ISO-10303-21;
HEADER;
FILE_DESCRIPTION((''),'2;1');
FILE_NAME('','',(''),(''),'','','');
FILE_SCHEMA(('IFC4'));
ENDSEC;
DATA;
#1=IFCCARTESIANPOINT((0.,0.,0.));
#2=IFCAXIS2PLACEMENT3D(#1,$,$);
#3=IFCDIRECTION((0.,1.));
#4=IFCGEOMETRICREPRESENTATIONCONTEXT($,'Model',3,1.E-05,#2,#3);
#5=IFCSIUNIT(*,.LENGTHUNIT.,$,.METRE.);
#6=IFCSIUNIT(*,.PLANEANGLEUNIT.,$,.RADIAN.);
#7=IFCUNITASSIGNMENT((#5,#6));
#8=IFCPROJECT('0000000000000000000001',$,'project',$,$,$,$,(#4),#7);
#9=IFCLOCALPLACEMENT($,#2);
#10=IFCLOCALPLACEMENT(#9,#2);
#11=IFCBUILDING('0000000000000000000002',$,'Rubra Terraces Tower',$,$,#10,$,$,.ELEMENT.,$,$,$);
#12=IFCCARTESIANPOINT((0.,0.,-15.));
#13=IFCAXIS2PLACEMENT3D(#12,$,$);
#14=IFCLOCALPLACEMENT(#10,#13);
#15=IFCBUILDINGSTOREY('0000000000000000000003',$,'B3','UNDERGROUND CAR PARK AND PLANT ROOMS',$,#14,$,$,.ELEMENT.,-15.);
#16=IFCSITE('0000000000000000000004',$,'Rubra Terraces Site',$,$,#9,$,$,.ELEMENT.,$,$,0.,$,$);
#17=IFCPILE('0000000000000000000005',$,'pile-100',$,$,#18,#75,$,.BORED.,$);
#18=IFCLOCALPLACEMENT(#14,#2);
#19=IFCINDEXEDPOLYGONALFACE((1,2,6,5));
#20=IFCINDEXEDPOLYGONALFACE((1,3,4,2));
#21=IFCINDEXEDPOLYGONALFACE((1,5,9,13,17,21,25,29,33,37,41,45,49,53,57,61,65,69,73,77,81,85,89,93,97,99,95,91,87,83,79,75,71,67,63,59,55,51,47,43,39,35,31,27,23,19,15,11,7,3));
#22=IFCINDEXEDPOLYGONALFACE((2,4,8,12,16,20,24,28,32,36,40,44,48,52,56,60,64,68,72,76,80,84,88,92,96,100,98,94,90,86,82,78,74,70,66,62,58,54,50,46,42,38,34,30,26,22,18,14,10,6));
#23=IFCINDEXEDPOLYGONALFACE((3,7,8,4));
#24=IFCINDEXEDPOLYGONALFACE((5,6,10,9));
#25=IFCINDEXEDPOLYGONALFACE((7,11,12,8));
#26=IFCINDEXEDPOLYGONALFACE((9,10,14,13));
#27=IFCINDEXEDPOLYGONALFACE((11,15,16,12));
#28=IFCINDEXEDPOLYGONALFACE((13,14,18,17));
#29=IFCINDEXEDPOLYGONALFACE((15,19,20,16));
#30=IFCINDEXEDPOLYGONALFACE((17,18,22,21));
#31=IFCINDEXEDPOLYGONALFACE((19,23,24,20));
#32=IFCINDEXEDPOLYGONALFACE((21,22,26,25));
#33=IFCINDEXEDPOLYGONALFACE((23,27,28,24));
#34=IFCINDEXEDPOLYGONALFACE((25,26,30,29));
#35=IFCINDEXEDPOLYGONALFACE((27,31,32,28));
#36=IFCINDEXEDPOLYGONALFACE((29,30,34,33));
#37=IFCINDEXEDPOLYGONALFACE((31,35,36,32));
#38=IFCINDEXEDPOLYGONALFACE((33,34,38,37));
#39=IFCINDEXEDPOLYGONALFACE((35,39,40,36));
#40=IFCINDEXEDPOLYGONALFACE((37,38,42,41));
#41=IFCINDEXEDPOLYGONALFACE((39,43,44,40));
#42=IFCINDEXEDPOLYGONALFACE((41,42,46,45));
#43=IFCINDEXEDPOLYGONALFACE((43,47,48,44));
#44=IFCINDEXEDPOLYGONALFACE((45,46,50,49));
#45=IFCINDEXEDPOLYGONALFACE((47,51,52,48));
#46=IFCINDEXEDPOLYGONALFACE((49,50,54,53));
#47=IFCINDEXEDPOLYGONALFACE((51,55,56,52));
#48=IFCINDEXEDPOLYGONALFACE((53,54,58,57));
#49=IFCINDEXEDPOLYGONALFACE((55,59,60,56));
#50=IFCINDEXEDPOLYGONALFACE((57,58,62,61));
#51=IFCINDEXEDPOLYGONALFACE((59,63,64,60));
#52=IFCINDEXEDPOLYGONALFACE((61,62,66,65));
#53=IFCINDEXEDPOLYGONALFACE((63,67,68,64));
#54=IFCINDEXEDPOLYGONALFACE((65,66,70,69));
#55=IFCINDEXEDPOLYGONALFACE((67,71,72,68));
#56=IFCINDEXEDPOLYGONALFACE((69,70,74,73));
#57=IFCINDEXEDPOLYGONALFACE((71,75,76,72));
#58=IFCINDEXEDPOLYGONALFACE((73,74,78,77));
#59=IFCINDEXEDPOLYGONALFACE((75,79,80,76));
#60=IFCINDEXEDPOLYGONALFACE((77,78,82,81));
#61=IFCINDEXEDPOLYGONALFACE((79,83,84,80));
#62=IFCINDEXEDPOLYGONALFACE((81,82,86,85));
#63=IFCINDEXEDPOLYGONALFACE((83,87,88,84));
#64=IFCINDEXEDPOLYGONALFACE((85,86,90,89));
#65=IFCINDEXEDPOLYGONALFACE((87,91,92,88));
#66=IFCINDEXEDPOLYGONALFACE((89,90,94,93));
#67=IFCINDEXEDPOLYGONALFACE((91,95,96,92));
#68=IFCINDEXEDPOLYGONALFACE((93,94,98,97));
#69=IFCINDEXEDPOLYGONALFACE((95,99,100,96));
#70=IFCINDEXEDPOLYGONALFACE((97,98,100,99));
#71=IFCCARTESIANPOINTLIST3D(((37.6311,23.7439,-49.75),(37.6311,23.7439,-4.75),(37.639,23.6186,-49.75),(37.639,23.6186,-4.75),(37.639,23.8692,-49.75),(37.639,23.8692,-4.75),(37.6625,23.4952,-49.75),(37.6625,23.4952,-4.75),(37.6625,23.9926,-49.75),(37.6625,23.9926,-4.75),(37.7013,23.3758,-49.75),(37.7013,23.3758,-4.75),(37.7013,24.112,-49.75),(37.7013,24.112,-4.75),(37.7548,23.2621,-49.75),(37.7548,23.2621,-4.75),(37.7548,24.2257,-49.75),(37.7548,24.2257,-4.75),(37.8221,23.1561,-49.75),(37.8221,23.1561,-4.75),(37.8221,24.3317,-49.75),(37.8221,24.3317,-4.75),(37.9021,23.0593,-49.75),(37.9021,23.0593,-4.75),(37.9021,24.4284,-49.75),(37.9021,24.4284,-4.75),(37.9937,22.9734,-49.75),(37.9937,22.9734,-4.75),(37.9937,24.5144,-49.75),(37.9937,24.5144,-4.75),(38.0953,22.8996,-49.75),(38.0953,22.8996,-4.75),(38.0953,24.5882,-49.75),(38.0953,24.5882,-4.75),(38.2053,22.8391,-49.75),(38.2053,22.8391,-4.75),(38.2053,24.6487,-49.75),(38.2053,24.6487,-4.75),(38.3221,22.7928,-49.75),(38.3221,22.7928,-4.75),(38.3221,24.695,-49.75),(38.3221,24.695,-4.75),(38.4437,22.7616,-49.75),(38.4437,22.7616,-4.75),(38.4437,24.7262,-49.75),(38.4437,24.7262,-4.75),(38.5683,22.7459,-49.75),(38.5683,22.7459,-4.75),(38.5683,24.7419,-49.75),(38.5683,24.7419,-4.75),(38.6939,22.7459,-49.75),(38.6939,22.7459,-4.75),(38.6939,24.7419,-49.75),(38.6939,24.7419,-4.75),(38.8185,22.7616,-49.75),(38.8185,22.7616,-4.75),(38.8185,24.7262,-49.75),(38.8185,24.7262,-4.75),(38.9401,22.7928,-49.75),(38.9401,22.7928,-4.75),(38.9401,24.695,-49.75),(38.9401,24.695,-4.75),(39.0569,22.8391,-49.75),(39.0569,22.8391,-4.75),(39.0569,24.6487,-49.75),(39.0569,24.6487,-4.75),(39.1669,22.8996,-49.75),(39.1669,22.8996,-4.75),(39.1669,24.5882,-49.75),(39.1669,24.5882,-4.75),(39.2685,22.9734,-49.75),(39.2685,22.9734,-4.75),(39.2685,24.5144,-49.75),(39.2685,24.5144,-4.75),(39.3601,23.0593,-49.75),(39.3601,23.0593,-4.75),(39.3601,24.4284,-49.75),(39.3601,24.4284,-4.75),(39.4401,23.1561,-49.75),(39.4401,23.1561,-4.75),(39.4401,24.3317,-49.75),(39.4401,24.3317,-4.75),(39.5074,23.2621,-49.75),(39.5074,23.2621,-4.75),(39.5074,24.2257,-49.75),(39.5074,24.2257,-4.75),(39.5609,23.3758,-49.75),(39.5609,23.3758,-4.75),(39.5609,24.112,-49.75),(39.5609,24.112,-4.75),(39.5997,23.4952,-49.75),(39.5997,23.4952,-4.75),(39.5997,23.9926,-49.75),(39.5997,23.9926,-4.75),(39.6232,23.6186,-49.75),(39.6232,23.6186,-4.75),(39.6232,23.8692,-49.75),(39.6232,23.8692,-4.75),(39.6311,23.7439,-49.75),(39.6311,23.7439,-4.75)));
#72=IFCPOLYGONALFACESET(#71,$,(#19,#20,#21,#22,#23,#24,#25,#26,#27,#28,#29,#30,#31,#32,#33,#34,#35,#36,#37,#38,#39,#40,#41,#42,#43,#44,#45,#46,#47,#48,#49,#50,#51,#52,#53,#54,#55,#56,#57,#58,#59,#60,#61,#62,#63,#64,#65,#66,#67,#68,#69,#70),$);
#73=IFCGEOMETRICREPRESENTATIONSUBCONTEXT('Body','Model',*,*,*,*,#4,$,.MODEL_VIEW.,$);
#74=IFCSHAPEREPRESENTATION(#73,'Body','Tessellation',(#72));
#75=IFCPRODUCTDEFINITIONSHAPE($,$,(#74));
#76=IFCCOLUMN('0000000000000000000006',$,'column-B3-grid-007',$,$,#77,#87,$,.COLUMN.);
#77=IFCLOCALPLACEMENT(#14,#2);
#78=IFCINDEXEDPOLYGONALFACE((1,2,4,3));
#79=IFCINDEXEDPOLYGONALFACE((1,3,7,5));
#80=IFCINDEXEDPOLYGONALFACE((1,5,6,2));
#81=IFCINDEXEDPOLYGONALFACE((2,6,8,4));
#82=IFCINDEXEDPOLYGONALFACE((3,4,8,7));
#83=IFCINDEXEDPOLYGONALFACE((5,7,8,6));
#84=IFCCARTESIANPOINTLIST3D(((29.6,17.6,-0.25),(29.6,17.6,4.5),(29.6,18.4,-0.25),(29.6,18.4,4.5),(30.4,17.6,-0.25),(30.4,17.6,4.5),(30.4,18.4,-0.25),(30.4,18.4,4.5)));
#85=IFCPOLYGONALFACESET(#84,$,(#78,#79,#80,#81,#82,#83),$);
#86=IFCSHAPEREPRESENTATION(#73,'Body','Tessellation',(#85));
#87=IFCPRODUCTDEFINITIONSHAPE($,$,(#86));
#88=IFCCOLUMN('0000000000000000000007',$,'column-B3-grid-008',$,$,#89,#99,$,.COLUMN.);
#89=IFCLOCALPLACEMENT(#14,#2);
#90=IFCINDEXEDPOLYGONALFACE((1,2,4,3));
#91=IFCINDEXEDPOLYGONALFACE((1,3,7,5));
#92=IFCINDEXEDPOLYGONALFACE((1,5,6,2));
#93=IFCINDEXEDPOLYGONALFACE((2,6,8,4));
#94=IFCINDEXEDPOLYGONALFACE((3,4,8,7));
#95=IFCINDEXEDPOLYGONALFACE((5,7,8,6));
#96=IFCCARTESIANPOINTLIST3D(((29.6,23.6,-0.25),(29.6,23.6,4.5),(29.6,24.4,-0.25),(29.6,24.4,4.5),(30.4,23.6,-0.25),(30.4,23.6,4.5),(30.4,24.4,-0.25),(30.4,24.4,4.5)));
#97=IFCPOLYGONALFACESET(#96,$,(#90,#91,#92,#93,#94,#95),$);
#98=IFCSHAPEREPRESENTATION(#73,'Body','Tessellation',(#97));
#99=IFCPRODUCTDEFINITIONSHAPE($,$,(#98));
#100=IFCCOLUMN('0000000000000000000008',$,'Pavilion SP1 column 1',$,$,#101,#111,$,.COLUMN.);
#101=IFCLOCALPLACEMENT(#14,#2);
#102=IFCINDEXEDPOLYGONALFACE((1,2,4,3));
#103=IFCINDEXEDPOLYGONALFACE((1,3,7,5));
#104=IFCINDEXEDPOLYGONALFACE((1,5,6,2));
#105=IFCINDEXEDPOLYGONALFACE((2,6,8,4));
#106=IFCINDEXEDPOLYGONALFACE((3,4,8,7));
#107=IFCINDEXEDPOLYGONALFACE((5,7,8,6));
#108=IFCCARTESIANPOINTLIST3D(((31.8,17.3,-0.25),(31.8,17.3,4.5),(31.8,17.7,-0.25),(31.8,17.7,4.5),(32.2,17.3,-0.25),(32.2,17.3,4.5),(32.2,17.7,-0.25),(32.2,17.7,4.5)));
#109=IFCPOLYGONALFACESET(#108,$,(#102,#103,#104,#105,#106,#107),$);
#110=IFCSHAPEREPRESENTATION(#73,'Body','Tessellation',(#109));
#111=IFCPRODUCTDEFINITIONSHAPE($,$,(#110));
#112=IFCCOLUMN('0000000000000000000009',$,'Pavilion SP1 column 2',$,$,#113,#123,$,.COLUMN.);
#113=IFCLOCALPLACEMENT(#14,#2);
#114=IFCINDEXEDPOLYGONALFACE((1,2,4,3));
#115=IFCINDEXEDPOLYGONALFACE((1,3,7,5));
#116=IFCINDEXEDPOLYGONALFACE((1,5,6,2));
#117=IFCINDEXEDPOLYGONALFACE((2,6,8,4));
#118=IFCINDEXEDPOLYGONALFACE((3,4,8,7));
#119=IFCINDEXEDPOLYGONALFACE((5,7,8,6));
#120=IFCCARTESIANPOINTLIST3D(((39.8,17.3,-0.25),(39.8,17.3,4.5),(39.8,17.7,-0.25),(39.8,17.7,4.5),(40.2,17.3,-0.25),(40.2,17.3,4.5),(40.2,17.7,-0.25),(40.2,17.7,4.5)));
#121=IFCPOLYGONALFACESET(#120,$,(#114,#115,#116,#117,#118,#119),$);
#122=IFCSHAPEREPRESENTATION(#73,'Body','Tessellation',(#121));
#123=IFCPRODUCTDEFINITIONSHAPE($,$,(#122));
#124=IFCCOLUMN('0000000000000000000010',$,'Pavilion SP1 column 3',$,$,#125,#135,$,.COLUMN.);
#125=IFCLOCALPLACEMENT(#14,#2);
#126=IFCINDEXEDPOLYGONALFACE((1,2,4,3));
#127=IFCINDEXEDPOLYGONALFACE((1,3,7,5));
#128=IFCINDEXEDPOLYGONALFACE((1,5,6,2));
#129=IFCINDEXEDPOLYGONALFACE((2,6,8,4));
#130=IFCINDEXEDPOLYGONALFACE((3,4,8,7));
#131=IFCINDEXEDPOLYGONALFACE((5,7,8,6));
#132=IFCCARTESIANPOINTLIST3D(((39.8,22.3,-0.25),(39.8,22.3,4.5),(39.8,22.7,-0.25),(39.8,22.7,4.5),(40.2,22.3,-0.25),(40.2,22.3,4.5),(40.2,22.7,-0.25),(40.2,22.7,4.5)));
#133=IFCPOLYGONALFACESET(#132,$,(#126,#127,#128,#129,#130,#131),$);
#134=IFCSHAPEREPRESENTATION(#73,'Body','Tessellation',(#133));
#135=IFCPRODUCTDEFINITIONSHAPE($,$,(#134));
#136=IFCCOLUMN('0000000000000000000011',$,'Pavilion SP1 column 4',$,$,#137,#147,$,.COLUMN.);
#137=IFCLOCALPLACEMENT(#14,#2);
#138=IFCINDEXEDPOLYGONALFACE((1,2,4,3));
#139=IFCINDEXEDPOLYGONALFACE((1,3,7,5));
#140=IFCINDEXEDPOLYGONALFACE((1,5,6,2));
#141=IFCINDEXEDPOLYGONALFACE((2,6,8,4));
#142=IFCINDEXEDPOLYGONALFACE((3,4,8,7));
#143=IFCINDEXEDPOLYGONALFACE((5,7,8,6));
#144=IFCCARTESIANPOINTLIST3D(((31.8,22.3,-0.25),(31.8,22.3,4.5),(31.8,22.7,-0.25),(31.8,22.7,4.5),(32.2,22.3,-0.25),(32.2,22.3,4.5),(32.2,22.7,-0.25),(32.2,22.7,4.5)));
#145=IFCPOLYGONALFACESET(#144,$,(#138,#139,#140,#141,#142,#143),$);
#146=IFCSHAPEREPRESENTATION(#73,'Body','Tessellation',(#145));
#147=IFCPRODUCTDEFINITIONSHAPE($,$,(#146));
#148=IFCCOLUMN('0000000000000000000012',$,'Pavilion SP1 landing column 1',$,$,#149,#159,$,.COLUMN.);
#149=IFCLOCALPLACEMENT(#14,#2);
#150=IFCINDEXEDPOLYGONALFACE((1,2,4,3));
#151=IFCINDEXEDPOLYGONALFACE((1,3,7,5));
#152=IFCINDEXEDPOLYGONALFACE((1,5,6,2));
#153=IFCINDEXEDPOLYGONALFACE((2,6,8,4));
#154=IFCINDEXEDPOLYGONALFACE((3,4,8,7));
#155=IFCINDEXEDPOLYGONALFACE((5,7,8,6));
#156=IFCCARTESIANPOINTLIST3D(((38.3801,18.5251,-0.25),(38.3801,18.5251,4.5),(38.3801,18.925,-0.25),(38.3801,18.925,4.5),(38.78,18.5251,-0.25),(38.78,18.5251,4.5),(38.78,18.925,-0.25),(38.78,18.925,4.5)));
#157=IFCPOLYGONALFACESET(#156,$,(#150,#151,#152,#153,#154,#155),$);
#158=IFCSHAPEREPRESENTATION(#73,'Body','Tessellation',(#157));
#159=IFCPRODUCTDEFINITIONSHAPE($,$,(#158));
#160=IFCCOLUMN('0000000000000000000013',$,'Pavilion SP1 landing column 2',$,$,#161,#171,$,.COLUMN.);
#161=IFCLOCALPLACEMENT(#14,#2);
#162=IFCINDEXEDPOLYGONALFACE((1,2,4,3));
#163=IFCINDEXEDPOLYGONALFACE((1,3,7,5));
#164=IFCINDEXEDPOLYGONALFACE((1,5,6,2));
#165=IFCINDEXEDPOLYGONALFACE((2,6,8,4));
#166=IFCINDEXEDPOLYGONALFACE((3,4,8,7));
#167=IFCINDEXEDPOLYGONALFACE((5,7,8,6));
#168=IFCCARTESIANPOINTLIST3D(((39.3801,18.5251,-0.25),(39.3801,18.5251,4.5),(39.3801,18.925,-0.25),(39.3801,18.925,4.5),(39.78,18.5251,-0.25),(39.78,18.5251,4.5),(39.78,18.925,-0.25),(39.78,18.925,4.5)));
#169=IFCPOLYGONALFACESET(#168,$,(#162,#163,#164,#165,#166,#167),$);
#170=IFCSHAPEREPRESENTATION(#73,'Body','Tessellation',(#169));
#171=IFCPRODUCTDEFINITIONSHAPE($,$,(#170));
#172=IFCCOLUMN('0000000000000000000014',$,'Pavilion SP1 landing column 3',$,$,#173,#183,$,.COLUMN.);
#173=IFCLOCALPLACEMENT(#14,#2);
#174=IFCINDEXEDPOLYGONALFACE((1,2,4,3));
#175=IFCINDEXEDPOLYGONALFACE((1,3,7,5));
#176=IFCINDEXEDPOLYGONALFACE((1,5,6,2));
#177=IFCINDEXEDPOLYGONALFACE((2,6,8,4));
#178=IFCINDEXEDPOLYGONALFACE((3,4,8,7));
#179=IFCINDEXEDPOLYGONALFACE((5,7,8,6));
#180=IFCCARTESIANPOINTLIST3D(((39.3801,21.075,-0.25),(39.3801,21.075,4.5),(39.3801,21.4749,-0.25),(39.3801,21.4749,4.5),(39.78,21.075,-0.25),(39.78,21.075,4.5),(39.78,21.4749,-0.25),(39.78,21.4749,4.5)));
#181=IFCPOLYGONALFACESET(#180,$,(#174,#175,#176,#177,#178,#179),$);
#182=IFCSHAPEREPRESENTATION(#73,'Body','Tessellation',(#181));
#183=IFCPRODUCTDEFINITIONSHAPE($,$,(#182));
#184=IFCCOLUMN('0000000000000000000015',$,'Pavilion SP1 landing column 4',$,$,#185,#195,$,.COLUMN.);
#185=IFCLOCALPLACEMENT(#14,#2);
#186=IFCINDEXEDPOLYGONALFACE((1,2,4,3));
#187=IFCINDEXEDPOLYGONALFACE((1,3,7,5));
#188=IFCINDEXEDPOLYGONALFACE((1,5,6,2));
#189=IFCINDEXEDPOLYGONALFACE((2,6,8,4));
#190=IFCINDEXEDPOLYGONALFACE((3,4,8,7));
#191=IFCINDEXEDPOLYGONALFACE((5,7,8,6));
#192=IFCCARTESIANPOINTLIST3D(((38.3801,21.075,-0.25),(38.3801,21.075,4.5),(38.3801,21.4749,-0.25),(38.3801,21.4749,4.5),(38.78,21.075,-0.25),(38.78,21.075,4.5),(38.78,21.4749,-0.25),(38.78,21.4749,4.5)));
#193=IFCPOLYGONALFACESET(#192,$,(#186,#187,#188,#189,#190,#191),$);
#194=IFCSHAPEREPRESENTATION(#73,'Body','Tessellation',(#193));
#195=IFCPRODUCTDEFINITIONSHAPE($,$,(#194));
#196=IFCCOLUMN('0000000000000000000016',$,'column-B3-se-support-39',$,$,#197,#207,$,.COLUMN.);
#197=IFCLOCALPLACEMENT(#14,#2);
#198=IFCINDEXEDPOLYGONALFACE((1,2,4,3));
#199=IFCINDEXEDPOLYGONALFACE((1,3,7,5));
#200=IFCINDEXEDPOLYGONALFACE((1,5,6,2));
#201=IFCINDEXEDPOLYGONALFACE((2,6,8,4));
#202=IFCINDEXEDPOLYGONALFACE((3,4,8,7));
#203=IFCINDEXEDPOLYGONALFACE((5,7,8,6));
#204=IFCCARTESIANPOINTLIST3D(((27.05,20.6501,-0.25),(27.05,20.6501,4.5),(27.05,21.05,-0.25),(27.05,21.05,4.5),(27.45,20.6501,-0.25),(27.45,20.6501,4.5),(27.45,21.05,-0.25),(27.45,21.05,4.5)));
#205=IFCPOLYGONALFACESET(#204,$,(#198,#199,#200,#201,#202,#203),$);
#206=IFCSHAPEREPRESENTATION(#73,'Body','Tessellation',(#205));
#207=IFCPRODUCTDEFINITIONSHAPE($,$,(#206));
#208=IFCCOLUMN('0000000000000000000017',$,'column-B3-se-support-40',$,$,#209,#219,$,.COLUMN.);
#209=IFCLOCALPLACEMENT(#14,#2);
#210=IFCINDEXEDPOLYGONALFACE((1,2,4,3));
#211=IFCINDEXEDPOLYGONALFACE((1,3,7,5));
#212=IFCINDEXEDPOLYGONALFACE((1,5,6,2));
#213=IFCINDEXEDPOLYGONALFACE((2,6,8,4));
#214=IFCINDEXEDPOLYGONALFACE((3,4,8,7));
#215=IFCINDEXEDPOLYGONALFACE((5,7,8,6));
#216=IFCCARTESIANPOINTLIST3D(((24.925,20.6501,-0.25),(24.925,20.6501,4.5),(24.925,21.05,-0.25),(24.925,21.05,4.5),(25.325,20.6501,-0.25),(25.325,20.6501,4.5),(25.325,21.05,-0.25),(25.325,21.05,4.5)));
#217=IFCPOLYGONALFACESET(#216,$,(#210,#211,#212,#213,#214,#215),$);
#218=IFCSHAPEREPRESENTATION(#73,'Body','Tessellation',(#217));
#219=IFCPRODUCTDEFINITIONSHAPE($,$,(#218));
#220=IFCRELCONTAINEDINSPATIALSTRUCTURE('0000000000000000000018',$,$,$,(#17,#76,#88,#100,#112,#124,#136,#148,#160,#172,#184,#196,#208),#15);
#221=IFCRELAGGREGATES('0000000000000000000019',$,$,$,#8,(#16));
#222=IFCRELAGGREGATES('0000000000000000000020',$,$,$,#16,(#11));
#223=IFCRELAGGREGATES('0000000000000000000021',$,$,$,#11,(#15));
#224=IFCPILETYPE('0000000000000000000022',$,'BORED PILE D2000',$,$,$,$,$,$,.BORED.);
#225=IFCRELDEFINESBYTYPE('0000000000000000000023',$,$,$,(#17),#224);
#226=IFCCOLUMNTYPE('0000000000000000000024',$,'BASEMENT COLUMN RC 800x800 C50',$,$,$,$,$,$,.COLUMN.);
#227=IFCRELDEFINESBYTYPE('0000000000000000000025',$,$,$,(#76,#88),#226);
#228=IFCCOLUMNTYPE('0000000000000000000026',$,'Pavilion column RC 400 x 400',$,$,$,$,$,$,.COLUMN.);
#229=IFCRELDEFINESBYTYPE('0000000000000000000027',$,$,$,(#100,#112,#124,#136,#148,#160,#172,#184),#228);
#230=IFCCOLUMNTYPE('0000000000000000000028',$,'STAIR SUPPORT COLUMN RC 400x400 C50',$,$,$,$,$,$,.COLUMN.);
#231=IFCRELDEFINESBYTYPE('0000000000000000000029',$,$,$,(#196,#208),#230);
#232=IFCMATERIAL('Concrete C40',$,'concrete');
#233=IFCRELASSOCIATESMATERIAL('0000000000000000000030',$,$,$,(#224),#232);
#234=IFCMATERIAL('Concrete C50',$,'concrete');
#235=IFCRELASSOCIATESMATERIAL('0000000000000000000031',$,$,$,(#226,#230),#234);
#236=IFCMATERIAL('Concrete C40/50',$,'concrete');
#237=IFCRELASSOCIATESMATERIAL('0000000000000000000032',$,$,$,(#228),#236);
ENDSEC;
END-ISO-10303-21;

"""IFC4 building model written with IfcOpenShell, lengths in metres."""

from ifc_helpers import new_model, si_unit, direction, frame, origin, origin_2d, place, context, subcontext, project, spatial, rectangle, circle, extrude, material, material_profile, profile_set, type_object, element, save


model = new_model("IFC4")

# Units and contexts
model_context = context("Model", 3, precision=1e-05, world=origin(), true_north=direction((0.0, 1.0)))
body_context = subcontext(model_context, "Body", "Model", "MODEL_VIEW")
ifc_project = project(units=[si_unit("LENGTHUNIT", "METRE"), si_unit("PLANEANGLEUNIT", "RADIAN")], contexts=[model_context])

# Site, building, storey
site_placement = place(None, origin())
site = spatial("IfcSite", under=ifc_project, at=site_placement, Name="Rubra Terraces Site", CompositionType="ELEMENT", RefElevation=0.0)
building_placement = place(site_placement, origin())
building = spatial("IfcBuilding", under=site, at=building_placement, Name="Rubra Terraces Tower", CompositionType="ELEMENT")
storey_placement = place(building_placement, frame((0.0, 0.0, -15.0)))
storey = spatial("IfcBuildingStorey", under=building, at=storey_placement, Name="B3", Description="UNDERGROUND CAR PARK AND PLANT ROOMS", CompositionType="ELEMENT", Elevation=-15.0)

# Pile
ifc_material_1 = material(Name="Concrete C40", Category="concrete")
ifc_material_profile_1 = material_profile(ifc_material_1, circle(Radius=1.0, at=origin_2d()), Name="BORED PILE D2000")
ifc_profile_set_1 = profile_set([ifc_material_profile_1], Name="Concrete C40")
pile_type = type_object("IfcPileType", Name="BORED PILE D2000", PredefinedType="BORED", material=ifc_profile_set_1)
for number, where, z_axis, x_axis, name in (
    (1, (38.6311, 23.7439, -4.75), (0.0, 0.0, -1.0), (1.0, 0.0, 0.0), "pile-100"),
):
    element("IfcPile", number, at=place(storey_placement, frame(where, z_axis=z_axis, x_axis=x_axis)), inside=storey, type_object=pile_type, Name=name, PredefinedType="BORED", context=body_context, shape_type="SweptSolid", body=[
        extrude(circle(Radius=1.0, at=origin_2d()), origin(), (0.0, 0.0, 1.0), 45.0),
    ])

# Columns
ifc_material_2 = material(Name="Concrete C50", Category="concrete")
ifc_material_profile_2 = material_profile(ifc_material_2, rectangle(XDim=0.8, YDim=0.8, at=origin_2d()), Name="RC 800x800")
ifc_profile_set_2 = profile_set([ifc_material_profile_2], Name="Concrete C50")
column_type_1 = type_object("IfcColumnType", Name="BASEMENT COLUMN RC 800x800 C50", PredefinedType="COLUMN", material=ifc_profile_set_2)
for number, where, z_axis, x_axis, name in (
    (2, (30.0, 18.0, -0.25), (0.0, 0.0, 1.0), (1.0, 0.0, 0.0), "column-B3-grid-007"),
    (3, (30.0, 24.0, -0.25), (0.0, 0.0, 1.0), (1.0, 0.0, 0.0), "column-B3-grid-008"),
):
    element("IfcColumn", number, at=place(storey_placement, frame(where, z_axis=z_axis, x_axis=x_axis)), inside=storey, type_object=column_type_1, Name=name, PredefinedType="COLUMN", context=body_context, shape_type="SweptSolid", body=[
        extrude(rectangle(XDim=0.8, YDim=0.8, at=origin_2d()), origin(), (0.0, 0.0, 1.0), 4.75),
    ])
ifc_material_3 = material(Name="Concrete C40/50", Category="concrete")
ifc_material_profile_3 = material_profile(ifc_material_3, rectangle(XDim=0.3999, YDim=0.3999, at=origin_2d()), Name="RC 400x400")
ifc_profile_set_3 = profile_set([ifc_material_profile_3], Name="Concrete C40/50")
column_type_2 = type_object("IfcColumnType", Name="Pavilion column RC 400 x 400", PredefinedType="COLUMN", material=ifc_profile_set_3)
for number, where, z_axis, x_axis, name in (
    (4, (32.0, 17.5, -0.25), (0.0, 0.0, 1.0), (1.0, 0.0, 0.0), "Pavilion SP1 column 1"),
    (5, (40.0, 17.5, -0.25), (0.0, 0.0, 1.0), (1.0, 0.0, 0.0), "Pavilion SP1 column 2"),
    (6, (40.0, 22.5, -0.25), (0.0, 0.0, 1.0), (1.0, 0.0, 0.0), "Pavilion SP1 column 3"),
    (7, (32.0, 22.5, -0.25), (0.0, 0.0, 1.0), (1.0, 0.0, 0.0), "Pavilion SP1 column 4"),
    (8, (38.5801, 18.7251, -0.25), (0.0, 0.0, 1.0), (1.0, 0.0, 0.0), "Pavilion SP1 landing column 1"),
    (9, (39.5801, 18.7251, -0.25), (0.0, 0.0, 1.0), (1.0, 0.0, 0.0), "Pavilion SP1 landing column 2"),
    (10, (39.5801, 21.2749, -0.25), (0.0, 0.0, 1.0), (1.0, 0.0, 0.0), "Pavilion SP1 landing column 3"),
    (11, (38.5801, 21.2749, -0.25), (0.0, 0.0, 1.0), (1.0, 0.0, 0.0), "Pavilion SP1 landing column 4"),
):
    element("IfcColumn", number, at=place(storey_placement, frame(where, z_axis=z_axis, x_axis=x_axis)), inside=storey, type_object=column_type_2, Name=name, PredefinedType="COLUMN", context=body_context, shape_type="SweptSolid", body=[
        extrude(rectangle(XDim=0.3999, YDim=0.3999, at=origin_2d()), origin(), (0.0, 0.0, 1.0), 4.75),
    ])
ifc_material_profile_4 = material_profile(ifc_material_2, rectangle(XDim=0.3999, YDim=0.3999, at=origin_2d()), Name="RC 400x400")
ifc_profile_set_4 = profile_set([ifc_material_profile_4], Name="Concrete C50")
column_type_3 = type_object("IfcColumnType", Name="STAIR SUPPORT COLUMN RC 400x400 C50", PredefinedType="COLUMN", material=ifc_profile_set_4)
for number, where, z_axis, x_axis, name in (
    (12, (27.25, 20.8501, -0.25), (0.0, 0.0, 1.0), (1.0, 0.0, 0.0), "column-B3-se-support-39"),
    (13, (25.125, 20.8501, -0.25), (0.0, 0.0, 1.0), (1.0, 0.0, 0.0), "column-B3-se-support-40"),
):
    element("IfcColumn", number, at=place(storey_placement, frame(where, z_axis=z_axis, x_axis=x_axis)), inside=storey, type_object=column_type_3, Name=name, PredefinedType="COLUMN", context=body_context, shape_type="SweptSolid", body=[
        extrude(rectangle(XDim=0.3999, YDim=0.3999, at=origin_2d()), origin(), (0.0, 0.0, 1.0), 4.75),
    ])

save(model, "model.ifc")
